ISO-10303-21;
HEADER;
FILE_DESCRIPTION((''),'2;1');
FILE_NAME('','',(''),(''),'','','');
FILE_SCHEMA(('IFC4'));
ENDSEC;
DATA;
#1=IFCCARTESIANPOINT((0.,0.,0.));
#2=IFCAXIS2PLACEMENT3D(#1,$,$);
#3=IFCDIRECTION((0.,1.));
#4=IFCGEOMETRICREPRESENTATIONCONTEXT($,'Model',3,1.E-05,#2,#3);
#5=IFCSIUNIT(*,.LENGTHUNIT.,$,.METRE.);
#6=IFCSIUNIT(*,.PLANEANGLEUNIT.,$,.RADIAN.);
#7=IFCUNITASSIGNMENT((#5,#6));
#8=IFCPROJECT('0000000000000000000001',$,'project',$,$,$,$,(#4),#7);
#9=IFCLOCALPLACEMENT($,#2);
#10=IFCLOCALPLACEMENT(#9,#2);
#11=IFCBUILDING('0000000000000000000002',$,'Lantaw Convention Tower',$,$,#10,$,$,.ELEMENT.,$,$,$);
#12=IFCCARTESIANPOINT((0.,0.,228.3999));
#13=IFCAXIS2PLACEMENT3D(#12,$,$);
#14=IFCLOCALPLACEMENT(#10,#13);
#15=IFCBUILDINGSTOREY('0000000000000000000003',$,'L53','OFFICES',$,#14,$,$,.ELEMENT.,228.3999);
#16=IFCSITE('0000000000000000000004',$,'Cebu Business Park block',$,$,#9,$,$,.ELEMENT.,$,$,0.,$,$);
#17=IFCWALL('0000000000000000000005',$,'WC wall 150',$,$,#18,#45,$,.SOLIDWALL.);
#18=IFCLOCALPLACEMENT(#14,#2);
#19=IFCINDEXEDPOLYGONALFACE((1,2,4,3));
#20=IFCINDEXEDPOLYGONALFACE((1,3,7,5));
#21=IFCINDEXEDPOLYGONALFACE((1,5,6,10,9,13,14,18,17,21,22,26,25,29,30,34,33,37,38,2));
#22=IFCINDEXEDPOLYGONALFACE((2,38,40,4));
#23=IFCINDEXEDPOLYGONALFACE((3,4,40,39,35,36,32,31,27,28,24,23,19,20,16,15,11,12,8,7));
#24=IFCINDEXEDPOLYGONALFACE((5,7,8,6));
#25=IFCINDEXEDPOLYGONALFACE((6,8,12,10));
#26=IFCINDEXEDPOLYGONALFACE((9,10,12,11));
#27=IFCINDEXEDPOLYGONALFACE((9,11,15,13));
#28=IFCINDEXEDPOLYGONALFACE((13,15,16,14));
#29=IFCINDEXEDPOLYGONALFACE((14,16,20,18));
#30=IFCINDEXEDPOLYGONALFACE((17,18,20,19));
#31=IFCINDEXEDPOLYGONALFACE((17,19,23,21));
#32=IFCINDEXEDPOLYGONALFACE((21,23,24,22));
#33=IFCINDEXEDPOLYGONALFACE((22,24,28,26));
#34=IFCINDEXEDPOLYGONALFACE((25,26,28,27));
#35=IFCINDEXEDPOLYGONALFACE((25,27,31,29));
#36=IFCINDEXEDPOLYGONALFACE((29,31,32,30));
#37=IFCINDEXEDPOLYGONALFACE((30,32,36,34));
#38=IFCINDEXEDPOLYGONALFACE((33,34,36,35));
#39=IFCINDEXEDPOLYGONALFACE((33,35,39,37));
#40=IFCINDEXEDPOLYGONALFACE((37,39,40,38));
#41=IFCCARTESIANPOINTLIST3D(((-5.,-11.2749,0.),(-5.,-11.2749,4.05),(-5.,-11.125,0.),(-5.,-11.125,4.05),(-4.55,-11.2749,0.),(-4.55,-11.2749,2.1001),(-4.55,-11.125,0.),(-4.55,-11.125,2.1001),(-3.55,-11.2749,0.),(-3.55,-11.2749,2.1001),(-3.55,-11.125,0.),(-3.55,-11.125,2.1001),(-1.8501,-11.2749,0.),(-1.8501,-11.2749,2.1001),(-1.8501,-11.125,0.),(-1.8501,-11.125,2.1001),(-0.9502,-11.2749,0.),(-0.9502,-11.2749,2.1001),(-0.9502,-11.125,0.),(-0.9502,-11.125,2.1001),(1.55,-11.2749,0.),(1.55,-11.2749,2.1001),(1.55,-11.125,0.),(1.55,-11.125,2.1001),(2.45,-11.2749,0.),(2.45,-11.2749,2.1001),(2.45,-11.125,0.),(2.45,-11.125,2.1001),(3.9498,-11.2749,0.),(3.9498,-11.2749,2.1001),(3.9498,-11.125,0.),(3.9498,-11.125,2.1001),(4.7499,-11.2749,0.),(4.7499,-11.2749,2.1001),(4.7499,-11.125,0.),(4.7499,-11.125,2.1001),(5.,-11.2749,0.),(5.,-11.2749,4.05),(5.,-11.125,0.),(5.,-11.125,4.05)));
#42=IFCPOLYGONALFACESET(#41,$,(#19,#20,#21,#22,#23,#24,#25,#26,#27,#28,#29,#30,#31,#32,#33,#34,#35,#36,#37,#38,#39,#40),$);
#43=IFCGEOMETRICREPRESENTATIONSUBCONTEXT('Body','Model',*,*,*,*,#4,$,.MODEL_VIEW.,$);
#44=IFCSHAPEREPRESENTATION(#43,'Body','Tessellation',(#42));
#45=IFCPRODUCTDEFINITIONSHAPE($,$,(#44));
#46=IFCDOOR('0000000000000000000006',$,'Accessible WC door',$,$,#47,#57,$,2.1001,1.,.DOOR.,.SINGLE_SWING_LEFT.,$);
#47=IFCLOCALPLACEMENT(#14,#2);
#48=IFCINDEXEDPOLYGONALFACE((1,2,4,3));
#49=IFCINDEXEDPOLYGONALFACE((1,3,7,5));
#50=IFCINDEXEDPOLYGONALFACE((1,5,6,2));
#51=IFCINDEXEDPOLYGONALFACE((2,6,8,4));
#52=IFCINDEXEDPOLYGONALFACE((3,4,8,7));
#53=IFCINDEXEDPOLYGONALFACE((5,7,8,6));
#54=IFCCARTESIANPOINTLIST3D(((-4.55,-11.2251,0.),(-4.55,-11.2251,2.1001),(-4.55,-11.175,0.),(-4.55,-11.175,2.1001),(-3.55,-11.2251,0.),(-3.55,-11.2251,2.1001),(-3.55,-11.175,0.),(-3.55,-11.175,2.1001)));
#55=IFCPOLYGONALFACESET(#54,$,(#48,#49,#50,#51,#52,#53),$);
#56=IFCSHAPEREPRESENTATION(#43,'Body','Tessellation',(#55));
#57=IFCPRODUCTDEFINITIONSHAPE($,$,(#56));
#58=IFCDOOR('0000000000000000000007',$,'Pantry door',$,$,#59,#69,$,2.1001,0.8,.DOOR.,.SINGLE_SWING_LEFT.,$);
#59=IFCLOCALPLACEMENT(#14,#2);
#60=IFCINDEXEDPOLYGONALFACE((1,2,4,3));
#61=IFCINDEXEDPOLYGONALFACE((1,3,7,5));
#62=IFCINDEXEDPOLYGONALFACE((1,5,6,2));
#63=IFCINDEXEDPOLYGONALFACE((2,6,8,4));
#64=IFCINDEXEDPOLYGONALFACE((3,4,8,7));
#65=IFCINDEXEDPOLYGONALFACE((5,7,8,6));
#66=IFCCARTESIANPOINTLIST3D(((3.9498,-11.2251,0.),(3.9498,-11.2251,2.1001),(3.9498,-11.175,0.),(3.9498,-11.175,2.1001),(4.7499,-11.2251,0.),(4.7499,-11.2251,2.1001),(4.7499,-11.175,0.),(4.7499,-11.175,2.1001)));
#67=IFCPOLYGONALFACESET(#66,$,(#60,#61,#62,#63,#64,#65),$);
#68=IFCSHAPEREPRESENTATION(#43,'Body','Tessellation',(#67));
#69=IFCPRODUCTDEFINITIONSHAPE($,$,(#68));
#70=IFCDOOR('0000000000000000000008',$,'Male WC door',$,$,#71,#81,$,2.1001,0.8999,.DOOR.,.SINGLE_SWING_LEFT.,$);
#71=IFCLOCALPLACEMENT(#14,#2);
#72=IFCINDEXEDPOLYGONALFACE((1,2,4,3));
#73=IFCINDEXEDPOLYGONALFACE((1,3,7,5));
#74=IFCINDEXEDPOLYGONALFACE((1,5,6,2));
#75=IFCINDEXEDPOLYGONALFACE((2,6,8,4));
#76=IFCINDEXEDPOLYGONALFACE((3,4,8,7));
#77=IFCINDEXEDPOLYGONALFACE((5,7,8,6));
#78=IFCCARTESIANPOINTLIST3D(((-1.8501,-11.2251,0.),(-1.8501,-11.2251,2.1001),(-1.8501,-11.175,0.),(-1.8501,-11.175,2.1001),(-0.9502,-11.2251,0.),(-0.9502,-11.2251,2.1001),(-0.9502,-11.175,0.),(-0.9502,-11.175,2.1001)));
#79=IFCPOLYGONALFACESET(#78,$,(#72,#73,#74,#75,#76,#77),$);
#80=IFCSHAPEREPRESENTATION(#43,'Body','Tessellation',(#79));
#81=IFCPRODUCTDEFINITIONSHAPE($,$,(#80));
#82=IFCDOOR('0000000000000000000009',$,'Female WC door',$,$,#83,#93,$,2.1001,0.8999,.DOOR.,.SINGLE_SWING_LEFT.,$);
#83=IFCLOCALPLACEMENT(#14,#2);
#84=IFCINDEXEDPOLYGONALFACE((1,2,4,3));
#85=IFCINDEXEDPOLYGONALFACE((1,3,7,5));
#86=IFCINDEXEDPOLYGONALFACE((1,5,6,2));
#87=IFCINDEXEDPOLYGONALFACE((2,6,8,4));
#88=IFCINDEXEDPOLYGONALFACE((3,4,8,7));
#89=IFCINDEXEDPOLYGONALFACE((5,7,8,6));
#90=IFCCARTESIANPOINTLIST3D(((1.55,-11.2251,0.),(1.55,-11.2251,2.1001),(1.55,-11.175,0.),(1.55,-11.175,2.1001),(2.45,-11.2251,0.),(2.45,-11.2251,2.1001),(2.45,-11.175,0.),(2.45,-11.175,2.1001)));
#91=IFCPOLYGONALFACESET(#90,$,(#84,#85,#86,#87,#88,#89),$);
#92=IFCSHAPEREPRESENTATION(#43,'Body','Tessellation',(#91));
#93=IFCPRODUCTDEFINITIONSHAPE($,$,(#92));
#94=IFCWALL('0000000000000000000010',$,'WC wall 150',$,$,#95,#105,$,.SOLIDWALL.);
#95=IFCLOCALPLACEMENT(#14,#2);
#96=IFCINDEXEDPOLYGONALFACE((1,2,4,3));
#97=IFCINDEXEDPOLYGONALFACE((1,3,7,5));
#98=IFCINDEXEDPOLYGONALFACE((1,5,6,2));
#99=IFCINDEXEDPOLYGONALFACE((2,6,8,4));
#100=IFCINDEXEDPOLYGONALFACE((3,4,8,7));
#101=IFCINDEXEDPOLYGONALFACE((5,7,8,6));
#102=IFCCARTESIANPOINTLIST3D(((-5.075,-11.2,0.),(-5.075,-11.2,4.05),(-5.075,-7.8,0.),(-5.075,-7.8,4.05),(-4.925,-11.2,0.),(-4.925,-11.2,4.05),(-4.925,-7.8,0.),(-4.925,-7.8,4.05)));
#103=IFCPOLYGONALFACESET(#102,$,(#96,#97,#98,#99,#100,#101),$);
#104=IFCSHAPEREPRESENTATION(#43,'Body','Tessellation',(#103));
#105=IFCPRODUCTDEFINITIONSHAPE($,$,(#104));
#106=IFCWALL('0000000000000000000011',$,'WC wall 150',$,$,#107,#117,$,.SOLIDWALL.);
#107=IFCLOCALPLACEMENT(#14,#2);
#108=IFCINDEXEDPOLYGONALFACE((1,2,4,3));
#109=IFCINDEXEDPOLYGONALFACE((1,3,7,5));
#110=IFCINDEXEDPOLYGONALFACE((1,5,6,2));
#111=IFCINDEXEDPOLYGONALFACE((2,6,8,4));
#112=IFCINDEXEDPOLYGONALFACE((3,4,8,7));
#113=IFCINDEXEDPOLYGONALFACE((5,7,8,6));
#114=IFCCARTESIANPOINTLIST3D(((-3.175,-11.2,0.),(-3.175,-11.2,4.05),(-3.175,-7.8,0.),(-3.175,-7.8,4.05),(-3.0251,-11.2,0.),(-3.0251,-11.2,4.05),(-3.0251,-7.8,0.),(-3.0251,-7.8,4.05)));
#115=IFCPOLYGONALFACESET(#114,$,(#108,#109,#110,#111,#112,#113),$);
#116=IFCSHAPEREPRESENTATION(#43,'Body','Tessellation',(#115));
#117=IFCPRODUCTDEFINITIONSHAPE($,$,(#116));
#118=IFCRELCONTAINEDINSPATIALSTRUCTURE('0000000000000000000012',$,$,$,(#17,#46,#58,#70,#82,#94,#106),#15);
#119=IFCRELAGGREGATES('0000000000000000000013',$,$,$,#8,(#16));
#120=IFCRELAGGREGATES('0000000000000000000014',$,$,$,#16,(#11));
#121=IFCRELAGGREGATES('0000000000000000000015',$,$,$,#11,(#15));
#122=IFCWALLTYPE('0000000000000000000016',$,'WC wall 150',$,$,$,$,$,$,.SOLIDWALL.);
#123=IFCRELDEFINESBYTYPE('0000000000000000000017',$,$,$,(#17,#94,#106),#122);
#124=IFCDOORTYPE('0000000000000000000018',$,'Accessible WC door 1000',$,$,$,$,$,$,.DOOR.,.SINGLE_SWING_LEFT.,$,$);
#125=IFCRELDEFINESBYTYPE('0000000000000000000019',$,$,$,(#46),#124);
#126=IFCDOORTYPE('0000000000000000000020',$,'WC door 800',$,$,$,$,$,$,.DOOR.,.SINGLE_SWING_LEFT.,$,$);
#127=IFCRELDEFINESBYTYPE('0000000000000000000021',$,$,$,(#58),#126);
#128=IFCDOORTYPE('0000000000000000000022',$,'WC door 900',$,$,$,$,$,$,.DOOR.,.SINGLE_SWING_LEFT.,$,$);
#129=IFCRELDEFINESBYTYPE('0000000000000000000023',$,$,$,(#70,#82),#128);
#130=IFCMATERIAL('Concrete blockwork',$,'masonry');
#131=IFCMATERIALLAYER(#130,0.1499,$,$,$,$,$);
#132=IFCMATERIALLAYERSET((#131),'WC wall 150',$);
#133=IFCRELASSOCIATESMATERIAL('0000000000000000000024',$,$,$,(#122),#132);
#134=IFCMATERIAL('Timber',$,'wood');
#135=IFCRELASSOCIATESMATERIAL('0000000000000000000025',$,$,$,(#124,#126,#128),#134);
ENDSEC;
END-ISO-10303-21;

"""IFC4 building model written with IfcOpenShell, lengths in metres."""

from ifc_helpers import new_model, si_unit, direction, frame, frame_2d, origin, place, context, subcontext, project, spatial, rectangle, extrude, material, layer, layer_set, type_object, element, fill, save


model = new_model("IFC4")

# Units and contexts
model_context = context("Model", 3, precision=1e-05, world=origin(), true_north=direction((0.0, 1.0)))
body_context = subcontext(model_context, "Body", "Model", "MODEL_VIEW")
ifc_project = project(units=[si_unit("LENGTHUNIT", "METRE"), si_unit("PLANEANGLEUNIT", "RADIAN")], contexts=[model_context])

# Site, building, storey
site_placement = place(None, origin())
site = spatial("IfcSite", under=ifc_project, at=site_placement, Name="Cebu Business Park block", CompositionType="ELEMENT", RefElevation=0.0)
building_placement = place(site_placement, origin())
building = spatial("IfcBuilding", under=site, at=building_placement, Name="Lantaw Convention Tower", CompositionType="ELEMENT")
storey_placement = place(building_placement, frame((0.0, 0.0, 228.3999)))
storey = spatial("IfcBuildingStorey", under=building, at=storey_placement, Name="L53", Description="OFFICES", CompositionType="ELEMENT", Elevation=228.3999)

# Shared definitions
ifc_material_1 = material(Name="Timber", Category="wood")

# Wall, openings, doors
ifc_material_2 = material(Name="Concrete blockwork", Category="masonry")
ifc_layer_1 = layer(ifc_material_2, 0.1499)
ifc_layer_set_1 = layer_set([ifc_layer_1], Name="WC wall 150")
wall_type_1 = type_object("IfcWallType", Name="WC wall 150", PredefinedType="SOLIDWALL", material=ifc_layer_set_1)
wall_1_placement = place(storey_placement, frame((-5.0, -11.2, 0.0), z_axis=(0.0, 0.0, 1.0), x_axis=(1.0, 0.0, 0.0)))
wall_1 = element("IfcWall", 1, at=wall_1_placement, inside=storey, type_object=wall_type_1, Name="WC wall 150", PredefinedType="SOLIDWALL", context=body_context, shape_type="SweptSolid", body=[
    extrude(rectangle(XDim=10.0, YDim=0.1499, at=frame_2d((5.0, 0.0))), origin(), (0.0, 0.0, 1.0), 4.05),
])
opening_1_placement = place(wall_1_placement, frame((0.45, 0.0, 0.0)))
opening_1 = element("IfcOpeningElement", 2, at=opening_1_placement, cuts=wall_1, PredefinedType="OPENING", context=body_context, shape_type="SweptSolid", body=[
    extrude(rectangle(XDim=1.0, YDim=2.1001, at=frame_2d((0.5, 1.05))), frame((0.0, 0.085, 0.0), z_axis=(0.0, -1.0, 0.0), x_axis=(1.0, 0.0, 0.0)), (0.0, 0.0, 1.0), 0.1699),
])
opening_2_placement = place(wall_1_placement, frame((3.1499, 0.0, 0.0)))
opening_2 = element("IfcOpeningElement", 3, at=opening_2_placement, cuts=wall_1, PredefinedType="OPENING", context=body_context, shape_type="SweptSolid", body=[
    extrude(rectangle(XDim=0.8999, YDim=2.1001, at=frame_2d((0.45, 1.05))), frame((0.0, 0.085, 0.0), z_axis=(0.0, -1.0, 0.0), x_axis=(1.0, 0.0, 0.0)), (0.0, 0.0, 1.0), 0.1699),
])
opening_3_placement = place(wall_1_placement, frame((6.55, 0.0, 0.0)))
opening_3 = element("IfcOpeningElement", 4, at=opening_3_placement, cuts=wall_1, PredefinedType="OPENING", context=body_context, shape_type="SweptSolid", body=[
    extrude(rectangle(XDim=0.8999, YDim=2.1001, at=frame_2d((0.45, 1.05))), frame((0.0, 0.085, 0.0), z_axis=(0.0, -1.0, 0.0), x_axis=(1.0, 0.0, 0.0)), (0.0, 0.0, 1.0), 0.1699),
])
opening_4_placement = place(wall_1_placement, frame((8.95, 0.0, 0.0)))
opening_4 = element("IfcOpeningElement", 5, at=opening_4_placement, cuts=wall_1, PredefinedType="OPENING", context=body_context, shape_type="SweptSolid", body=[
    extrude(rectangle(XDim=0.8, YDim=2.1001, at=frame_2d((0.3999, 1.05))), frame((0.0, 0.085, 0.0), z_axis=(0.0, -1.0, 0.0), x_axis=(1.0, 0.0, 0.0)), (0.0, 0.0, 1.0), 0.1699),
])
door_type_1 = type_object("IfcDoorType", Name="Accessible WC door 1000", OperationType="SINGLE_SWING_LEFT", PredefinedType="DOOR", material=ifc_material_1)
door_1_placement = place(opening_1_placement, origin())
door_1 = element("IfcDoor", 6, at=door_1_placement, inside=storey, type_object=door_type_1, Name="Accessible WC door", OperationType="SINGLE_SWING_LEFT", OverallHeight=2.1001, OverallWidth=1.0, PredefinedType="DOOR", context=body_context, shape_type="SweptSolid", body=[
    extrude(rectangle(XDim=1.0, YDim=2.1001, at=frame_2d((0.5, 1.05))), frame((0.0, 0.0249, 0.0), z_axis=(0.0, -1.0, 0.0), x_axis=(1.0, 0.0, 0.0)), (0.0, 0.0, 1.0), 0.05),
])
fill(opening_1, door_1)
door_type_2 = type_object("IfcDoorType", Name="WC door 800", OperationType="SINGLE_SWING_LEFT", PredefinedType="DOOR", material=ifc_material_1)
door_2_placement = place(opening_4_placement, origin())
door_2 = element("IfcDoor", 7, at=door_2_placement, inside=storey, type_object=door_type_2, Name="Pantry door", OperationType="SINGLE_SWING_LEFT", OverallHeight=2.1001, OverallWidth=0.8, PredefinedType="DOOR", context=body_context, shape_type="SweptSolid", body=[
    extrude(rectangle(XDim=0.8, YDim=2.1001, at=frame_2d((0.3999, 1.05))), frame((0.0, 0.0249, 0.0), z_axis=(0.0, -1.0, 0.0), x_axis=(1.0, 0.0, 0.0)), (0.0, 0.0, 1.0), 0.05),
])
fill(opening_4, door_2)
door_type_3 = type_object("IfcDoorType", Name="WC door 900", OperationType="SINGLE_SWING_LEFT", PredefinedType="DOOR", material=ifc_material_1)
door_3_placement = place(opening_2_placement, origin())
door_3 = element("IfcDoor", 8, at=door_3_placement, inside=storey, type_object=door_type_3, Name="Male WC door", OperationType="SINGLE_SWING_LEFT", OverallHeight=2.1001, OverallWidth=0.8999, PredefinedType="DOOR", context=body_context, shape_type="SweptSolid", body=[
    extrude(rectangle(XDim=0.8999, YDim=2.1001, at=frame_2d((0.45, 1.05))), frame((0.0, 0.0249, 0.0), z_axis=(0.0, -1.0, 0.0), x_axis=(1.0, 0.0, 0.0)), (0.0, 0.0, 1.0), 0.05),
])
fill(opening_2, door_3)
door_4_placement = place(opening_3_placement, origin())
door_4 = element("IfcDoor", 9, at=door_4_placement, inside=storey, type_object=door_type_3, Name="Female WC door", OperationType="SINGLE_SWING_LEFT", OverallHeight=2.1001, OverallWidth=0.8999, PredefinedType="DOOR", context=body_context, shape_type="SweptSolid", body=[
    extrude(rectangle(XDim=0.8999, YDim=2.1001, at=frame_2d((0.45, 1.05))), frame((0.0, 0.0249, 0.0), z_axis=(0.0, -1.0, 0.0), x_axis=(1.0, 0.0, 0.0)), (0.0, 0.0, 1.0), 0.05),
])
fill(opening_3, door_4)

# Walls
for number, where, z_axis, x_axis, name in (
    (10, (-5.0, -7.8, 0.0), (0.0, 0.0, 1.0), (0.0, -1.0, 0.0), "WC wall 150"),
    (11, (-3.1001, -7.8, 0.0), (0.0, 0.0, 1.0), (0.0, -1.0, 0.0), "WC wall 150"),
):
    element("IfcWall", number, at=place(storey_placement, frame(where, z_axis=z_axis, x_axis=x_axis)), inside=storey, type_object=wall_type_1, Name=name, PredefinedType="SOLIDWALL", context=body_context, shape_type="SweptSolid", body=[
        extrude(rectangle(XDim=3.3999, YDim=0.1499, at=frame_2d((1.7, 0.0))), origin(), (0.0, 0.0, 1.0), 4.05),
    ])

save(model, "model.ifc")
